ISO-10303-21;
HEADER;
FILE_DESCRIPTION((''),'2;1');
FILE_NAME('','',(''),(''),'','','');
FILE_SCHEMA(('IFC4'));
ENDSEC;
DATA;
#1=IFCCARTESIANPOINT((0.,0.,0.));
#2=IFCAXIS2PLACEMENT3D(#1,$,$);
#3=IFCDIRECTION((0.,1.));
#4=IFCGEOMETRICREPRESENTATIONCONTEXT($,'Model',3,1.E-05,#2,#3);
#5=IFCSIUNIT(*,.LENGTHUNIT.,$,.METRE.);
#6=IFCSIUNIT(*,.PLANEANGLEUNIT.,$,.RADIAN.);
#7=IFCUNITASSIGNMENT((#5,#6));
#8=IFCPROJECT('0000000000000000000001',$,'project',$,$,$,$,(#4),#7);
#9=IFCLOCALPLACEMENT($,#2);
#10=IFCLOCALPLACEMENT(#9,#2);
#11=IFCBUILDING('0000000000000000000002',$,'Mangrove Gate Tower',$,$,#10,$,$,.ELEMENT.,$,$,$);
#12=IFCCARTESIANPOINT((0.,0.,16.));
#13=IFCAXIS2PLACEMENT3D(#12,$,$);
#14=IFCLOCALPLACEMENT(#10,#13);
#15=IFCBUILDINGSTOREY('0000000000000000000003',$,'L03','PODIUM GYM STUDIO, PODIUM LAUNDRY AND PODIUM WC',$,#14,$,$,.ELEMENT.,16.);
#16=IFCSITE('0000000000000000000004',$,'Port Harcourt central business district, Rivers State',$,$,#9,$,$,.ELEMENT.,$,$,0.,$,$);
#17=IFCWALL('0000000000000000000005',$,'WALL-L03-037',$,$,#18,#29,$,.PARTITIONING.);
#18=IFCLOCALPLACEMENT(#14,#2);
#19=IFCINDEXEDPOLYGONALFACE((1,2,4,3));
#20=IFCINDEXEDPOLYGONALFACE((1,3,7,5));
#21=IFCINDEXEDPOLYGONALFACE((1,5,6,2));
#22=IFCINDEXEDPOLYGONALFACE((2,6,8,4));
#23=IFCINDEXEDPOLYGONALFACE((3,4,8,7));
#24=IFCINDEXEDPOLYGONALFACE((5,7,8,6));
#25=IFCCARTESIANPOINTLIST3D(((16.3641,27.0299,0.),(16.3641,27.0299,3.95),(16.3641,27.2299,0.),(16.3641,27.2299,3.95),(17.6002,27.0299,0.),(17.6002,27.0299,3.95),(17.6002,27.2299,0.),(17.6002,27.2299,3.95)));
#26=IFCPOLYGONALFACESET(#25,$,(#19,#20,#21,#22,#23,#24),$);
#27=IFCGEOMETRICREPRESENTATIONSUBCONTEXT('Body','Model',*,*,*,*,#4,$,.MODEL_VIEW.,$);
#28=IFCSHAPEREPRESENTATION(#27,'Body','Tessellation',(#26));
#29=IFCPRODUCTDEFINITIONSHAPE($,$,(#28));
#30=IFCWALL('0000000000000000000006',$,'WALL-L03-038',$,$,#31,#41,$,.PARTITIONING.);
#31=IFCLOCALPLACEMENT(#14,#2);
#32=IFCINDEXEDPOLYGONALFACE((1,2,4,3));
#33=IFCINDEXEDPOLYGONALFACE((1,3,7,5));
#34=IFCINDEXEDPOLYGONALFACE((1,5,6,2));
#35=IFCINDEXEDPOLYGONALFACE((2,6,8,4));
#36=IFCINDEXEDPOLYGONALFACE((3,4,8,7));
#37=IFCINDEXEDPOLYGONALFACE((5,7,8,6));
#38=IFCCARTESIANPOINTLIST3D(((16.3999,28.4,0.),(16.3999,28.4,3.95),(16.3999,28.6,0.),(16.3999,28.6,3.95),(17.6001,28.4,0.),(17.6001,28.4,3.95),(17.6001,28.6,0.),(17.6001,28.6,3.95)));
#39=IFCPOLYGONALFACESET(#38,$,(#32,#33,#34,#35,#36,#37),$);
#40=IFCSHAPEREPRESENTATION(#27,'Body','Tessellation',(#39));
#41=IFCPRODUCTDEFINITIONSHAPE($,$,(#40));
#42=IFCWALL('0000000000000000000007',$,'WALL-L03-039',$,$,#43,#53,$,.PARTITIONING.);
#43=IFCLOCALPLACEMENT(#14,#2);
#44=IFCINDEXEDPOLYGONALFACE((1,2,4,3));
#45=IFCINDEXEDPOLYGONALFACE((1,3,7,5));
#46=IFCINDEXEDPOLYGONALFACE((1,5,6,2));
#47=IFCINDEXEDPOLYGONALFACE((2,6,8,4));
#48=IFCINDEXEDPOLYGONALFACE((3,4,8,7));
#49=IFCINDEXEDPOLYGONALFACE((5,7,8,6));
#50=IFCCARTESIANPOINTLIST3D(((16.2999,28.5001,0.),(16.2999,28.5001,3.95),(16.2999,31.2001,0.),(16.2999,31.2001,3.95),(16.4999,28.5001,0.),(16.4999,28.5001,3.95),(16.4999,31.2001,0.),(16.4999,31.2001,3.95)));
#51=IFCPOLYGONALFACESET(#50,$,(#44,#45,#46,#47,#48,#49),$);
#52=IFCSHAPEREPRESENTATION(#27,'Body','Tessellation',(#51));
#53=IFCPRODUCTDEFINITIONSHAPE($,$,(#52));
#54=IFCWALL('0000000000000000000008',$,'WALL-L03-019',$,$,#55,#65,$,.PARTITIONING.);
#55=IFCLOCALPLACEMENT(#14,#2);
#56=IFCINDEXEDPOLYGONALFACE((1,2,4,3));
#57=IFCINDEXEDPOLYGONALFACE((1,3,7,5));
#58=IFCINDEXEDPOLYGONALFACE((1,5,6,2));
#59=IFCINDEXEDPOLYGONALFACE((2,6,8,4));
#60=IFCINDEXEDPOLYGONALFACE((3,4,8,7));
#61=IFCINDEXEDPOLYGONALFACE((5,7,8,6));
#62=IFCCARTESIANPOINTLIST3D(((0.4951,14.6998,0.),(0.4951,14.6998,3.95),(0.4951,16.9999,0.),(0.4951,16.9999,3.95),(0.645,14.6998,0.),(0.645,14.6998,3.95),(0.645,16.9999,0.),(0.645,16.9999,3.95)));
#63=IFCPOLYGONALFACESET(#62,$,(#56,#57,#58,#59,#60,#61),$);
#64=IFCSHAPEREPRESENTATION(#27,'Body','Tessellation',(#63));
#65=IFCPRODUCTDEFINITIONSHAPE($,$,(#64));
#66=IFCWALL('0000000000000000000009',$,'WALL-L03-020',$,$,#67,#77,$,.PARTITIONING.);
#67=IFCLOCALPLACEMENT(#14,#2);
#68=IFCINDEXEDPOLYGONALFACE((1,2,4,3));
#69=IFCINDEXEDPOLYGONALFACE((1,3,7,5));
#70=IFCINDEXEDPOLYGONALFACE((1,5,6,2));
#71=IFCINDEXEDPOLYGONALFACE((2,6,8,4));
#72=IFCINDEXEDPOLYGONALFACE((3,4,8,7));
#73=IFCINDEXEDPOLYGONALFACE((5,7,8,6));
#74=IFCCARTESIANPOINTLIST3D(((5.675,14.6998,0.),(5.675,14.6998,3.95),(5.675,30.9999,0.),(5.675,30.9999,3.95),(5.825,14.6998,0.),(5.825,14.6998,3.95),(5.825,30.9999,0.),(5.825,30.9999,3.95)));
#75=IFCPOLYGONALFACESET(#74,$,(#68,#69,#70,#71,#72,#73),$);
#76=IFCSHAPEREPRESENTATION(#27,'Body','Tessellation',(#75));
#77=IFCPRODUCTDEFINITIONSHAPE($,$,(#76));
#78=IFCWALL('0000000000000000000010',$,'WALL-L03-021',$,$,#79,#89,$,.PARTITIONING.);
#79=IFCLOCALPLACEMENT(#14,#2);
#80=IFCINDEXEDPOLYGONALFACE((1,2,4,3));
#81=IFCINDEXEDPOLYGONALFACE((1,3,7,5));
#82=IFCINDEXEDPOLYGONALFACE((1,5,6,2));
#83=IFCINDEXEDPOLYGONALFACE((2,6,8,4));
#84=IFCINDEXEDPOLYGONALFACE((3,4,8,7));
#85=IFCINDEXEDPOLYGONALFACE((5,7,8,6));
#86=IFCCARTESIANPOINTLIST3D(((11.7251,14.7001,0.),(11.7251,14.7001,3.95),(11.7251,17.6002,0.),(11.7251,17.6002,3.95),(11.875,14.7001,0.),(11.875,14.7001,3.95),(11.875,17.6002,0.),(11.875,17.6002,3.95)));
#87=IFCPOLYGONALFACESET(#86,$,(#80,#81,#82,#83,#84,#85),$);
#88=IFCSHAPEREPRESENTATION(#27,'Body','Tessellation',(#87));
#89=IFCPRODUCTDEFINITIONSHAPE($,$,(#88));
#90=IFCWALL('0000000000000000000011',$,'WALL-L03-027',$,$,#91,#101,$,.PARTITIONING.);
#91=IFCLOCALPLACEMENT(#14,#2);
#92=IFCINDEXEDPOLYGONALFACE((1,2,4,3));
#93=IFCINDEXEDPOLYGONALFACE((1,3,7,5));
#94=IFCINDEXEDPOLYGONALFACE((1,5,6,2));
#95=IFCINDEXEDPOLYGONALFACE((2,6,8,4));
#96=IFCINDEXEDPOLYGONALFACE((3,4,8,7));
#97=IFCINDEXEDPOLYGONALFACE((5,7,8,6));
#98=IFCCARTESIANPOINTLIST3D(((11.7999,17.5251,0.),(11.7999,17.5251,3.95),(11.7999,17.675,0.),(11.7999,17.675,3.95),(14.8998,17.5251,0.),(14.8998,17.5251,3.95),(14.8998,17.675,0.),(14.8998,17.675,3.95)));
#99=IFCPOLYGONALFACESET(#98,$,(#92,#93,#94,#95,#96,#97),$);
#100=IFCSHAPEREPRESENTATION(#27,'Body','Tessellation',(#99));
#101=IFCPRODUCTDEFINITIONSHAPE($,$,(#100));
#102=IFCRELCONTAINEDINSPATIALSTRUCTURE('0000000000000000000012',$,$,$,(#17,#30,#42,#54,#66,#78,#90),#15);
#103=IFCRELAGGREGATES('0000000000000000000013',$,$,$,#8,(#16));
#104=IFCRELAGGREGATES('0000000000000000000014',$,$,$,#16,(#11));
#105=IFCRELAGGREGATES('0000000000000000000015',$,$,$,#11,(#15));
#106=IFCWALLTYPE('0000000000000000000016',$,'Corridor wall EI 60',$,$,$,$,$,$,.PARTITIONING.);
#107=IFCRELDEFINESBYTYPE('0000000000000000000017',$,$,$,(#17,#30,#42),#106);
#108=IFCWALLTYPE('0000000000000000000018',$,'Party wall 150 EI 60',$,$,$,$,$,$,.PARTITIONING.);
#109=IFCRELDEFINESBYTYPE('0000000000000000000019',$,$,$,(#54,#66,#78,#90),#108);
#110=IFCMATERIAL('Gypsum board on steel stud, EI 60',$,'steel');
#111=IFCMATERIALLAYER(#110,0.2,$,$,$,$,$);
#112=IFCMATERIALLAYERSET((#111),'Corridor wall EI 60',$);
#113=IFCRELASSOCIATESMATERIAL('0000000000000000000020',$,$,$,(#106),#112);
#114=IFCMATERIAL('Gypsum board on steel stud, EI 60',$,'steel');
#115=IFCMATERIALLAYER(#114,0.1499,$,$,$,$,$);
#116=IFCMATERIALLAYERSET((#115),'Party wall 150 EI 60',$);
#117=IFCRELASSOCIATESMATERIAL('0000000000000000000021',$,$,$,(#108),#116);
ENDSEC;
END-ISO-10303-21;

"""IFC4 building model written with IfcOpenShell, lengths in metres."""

from ifc_helpers import new_model, si_unit, direction, frame, frame_2d, origin, place, context, subcontext, project, spatial, rectangle, extrude, material, layer, layer_set, type_object, element, save


model = new_model("IFC4")

# Units and contexts
model_context = context("Model", 3, precision=1e-05, world=origin(), true_north=direction((0.0, 1.0)))
body_context = subcontext(model_context, "Body", "Model", "MODEL_VIEW")
ifc_project = project(units=[si_unit("LENGTHUNIT", "METRE"), si_unit("PLANEANGLEUNIT", "RADIAN")], contexts=[model_context])

# Site, building, storey
site_placement = place(None, origin())
site = spatial("IfcSite", under=ifc_project, at=site_placement, Name="Port Harcourt central business district, Rivers State", CompositionType="ELEMENT", RefElevation=0.0)
building_placement = place(site_placement, origin())
building = spatial("IfcBuilding", under=site, at=building_placement, Name="Mangrove Gate Tower", CompositionType="ELEMENT")
storey_placement = place(building_placement, frame((0.0, 0.0, 16.0)))
storey = spatial("IfcBuildingStorey", under=building, at=storey_placement, Name="L03", Description="PODIUM GYM STUDIO, PODIUM LAUNDRY AND PODIUM WC", CompositionType="ELEMENT", Elevation=16.0)

# Shared definitions
ifc_material_1 = material(Name="Gypsum board on steel stud, EI 60", Category="steel")
ifc_layer_1 = layer(ifc_material_1, 0.2)
ifc_layer_set_1 = layer_set([ifc_layer_1], Name="Corridor wall EI 60")
wall_type_1 = type_object("IfcWallType", Name="Corridor wall EI 60", PredefinedType="PARTITIONING", material=ifc_layer_set_1)

# Walls
wall_1_placement = place(storey_placement, frame((16.364, 27.1299, 0.0), z_axis=(0.0, 0.0, 1.0), x_axis=(1.0, 0.0, 0.0)))
element("IfcWall", 1, at=wall_1_placement, inside=storey, type_object=wall_type_1, Name="WALL-L03-037", PredefinedType="PARTITIONING", context=body_context, shape_type="SweptSolid", body=[
    extrude(rectangle(XDim=1.2361, YDim=0.2, at=frame_2d((0.6182, 0.0))), origin(), (0.0, 0.0, 1.0), 3.95),
])
wall_2_placement = place(storey_placement, frame((16.3999, 28.5, 0.0), z_axis=(0.0, 0.0, 1.0), x_axis=(1.0, 0.0, 0.0)))
element("IfcWall", 2, at=wall_2_placement, inside=storey, type_object=wall_type_1, Name="WALL-L03-038", PredefinedType="PARTITIONING", context=body_context, shape_type="SweptSolid", body=[
    extrude(rectangle(XDim=1.2002, YDim=0.2, at=frame_2d((0.6001, 0.0))), origin(), (0.0, 0.0, 1.0), 3.95),
])
wall_3_placement = place(storey_placement, frame((16.3999, 28.5, 0.0), z_axis=(0.0, 0.0, 1.0), x_axis=(0.0, 1.0, 0.0)))
element("IfcWall", 3, at=wall_3_placement, inside=storey, type_object=wall_type_1, Name="WALL-L03-039", PredefinedType="PARTITIONING", context=body_context, shape_type="SweptSolid", body=[
    extrude(rectangle(XDim=2.7, YDim=0.2, at=frame_2d((1.3501, 0.0))), origin(), (0.0, 0.0, 1.0), 3.95),
])
ifc_material_2 = material(Name="Gypsum board on steel stud, EI 60", Category="steel")
ifc_layer_2 = layer(ifc_material_2, 0.1499)
ifc_layer_set_2 = layer_set([ifc_layer_2], Name="Party wall 150 EI 60")
wall_type_2 = type_object("IfcWallType", Name="Party wall 150 EI 60", PredefinedType="PARTITIONING", material=ifc_layer_set_2)
wall_4_placement = place(storey_placement, frame((0.5701, 14.7, 0.0), z_axis=(0.0, 0.0, 1.0), x_axis=(0.0, 1.0, 0.0)))
element("IfcWall", 4, at=wall_4_placement, inside=storey, type_object=wall_type_2, Name="WALL-L03-019", PredefinedType="PARTITIONING", context=body_context, shape_type="SweptSolid", body=[
    extrude(rectangle(XDim=2.3, YDim=0.1499, at=frame_2d((1.1499, 0.0))), origin(), (0.0, 0.0, 1.0), 3.95),
])
wall_5_placement = place(storey_placement, frame((5.75, 14.7, 0.0), z_axis=(0.0, 0.0, 1.0), x_axis=(0.0, 1.0, 0.0)))
element("IfcWall", 5, at=wall_5_placement, inside=storey, type_object=wall_type_2, Name="WALL-L03-020", PredefinedType="PARTITIONING", context=body_context, shape_type="SweptSolid", body=[
    extrude(rectangle(XDim=16.3, YDim=0.1499, at=frame_2d((8.1499, 0.0))), origin(), (0.0, 0.0, 1.0), 3.95),
])
wall_6_placement = place(storey_placement, frame((11.8, 14.7, 0.0), z_axis=(0.0, 0.0, 1.0), x_axis=(0.0, 1.0, 0.0)))
element("IfcWall", 6, at=wall_6_placement, inside=storey, type_object=wall_type_2, Name="WALL-L03-021", PredefinedType="PARTITIONING", context=body_context, shape_type="SweptSolid", body=[
    extrude(rectangle(XDim=2.9001, YDim=0.1499, at=frame_2d((1.4502, 0.0))), origin(), (0.0, 0.0, 1.0), 3.95),
])
wall_7_placement = place(storey_placement, frame((11.8, 17.6001, 0.0), z_axis=(0.0, 0.0, 1.0), x_axis=(1.0, 0.0, 0.0)))
element("IfcWall", 7, at=wall_7_placement, inside=storey, type_object=wall_type_2, Name="WALL-L03-027", PredefinedType="PARTITIONING", context=body_context, shape_type="SweptSolid", body=[
    extrude(rectangle(XDim=3.0999, YDim=0.1499, at=frame_2d((1.5498, 0.0))), origin(), (0.0, 0.0, 1.0), 3.95),
])

save(model, "model.ifc")
